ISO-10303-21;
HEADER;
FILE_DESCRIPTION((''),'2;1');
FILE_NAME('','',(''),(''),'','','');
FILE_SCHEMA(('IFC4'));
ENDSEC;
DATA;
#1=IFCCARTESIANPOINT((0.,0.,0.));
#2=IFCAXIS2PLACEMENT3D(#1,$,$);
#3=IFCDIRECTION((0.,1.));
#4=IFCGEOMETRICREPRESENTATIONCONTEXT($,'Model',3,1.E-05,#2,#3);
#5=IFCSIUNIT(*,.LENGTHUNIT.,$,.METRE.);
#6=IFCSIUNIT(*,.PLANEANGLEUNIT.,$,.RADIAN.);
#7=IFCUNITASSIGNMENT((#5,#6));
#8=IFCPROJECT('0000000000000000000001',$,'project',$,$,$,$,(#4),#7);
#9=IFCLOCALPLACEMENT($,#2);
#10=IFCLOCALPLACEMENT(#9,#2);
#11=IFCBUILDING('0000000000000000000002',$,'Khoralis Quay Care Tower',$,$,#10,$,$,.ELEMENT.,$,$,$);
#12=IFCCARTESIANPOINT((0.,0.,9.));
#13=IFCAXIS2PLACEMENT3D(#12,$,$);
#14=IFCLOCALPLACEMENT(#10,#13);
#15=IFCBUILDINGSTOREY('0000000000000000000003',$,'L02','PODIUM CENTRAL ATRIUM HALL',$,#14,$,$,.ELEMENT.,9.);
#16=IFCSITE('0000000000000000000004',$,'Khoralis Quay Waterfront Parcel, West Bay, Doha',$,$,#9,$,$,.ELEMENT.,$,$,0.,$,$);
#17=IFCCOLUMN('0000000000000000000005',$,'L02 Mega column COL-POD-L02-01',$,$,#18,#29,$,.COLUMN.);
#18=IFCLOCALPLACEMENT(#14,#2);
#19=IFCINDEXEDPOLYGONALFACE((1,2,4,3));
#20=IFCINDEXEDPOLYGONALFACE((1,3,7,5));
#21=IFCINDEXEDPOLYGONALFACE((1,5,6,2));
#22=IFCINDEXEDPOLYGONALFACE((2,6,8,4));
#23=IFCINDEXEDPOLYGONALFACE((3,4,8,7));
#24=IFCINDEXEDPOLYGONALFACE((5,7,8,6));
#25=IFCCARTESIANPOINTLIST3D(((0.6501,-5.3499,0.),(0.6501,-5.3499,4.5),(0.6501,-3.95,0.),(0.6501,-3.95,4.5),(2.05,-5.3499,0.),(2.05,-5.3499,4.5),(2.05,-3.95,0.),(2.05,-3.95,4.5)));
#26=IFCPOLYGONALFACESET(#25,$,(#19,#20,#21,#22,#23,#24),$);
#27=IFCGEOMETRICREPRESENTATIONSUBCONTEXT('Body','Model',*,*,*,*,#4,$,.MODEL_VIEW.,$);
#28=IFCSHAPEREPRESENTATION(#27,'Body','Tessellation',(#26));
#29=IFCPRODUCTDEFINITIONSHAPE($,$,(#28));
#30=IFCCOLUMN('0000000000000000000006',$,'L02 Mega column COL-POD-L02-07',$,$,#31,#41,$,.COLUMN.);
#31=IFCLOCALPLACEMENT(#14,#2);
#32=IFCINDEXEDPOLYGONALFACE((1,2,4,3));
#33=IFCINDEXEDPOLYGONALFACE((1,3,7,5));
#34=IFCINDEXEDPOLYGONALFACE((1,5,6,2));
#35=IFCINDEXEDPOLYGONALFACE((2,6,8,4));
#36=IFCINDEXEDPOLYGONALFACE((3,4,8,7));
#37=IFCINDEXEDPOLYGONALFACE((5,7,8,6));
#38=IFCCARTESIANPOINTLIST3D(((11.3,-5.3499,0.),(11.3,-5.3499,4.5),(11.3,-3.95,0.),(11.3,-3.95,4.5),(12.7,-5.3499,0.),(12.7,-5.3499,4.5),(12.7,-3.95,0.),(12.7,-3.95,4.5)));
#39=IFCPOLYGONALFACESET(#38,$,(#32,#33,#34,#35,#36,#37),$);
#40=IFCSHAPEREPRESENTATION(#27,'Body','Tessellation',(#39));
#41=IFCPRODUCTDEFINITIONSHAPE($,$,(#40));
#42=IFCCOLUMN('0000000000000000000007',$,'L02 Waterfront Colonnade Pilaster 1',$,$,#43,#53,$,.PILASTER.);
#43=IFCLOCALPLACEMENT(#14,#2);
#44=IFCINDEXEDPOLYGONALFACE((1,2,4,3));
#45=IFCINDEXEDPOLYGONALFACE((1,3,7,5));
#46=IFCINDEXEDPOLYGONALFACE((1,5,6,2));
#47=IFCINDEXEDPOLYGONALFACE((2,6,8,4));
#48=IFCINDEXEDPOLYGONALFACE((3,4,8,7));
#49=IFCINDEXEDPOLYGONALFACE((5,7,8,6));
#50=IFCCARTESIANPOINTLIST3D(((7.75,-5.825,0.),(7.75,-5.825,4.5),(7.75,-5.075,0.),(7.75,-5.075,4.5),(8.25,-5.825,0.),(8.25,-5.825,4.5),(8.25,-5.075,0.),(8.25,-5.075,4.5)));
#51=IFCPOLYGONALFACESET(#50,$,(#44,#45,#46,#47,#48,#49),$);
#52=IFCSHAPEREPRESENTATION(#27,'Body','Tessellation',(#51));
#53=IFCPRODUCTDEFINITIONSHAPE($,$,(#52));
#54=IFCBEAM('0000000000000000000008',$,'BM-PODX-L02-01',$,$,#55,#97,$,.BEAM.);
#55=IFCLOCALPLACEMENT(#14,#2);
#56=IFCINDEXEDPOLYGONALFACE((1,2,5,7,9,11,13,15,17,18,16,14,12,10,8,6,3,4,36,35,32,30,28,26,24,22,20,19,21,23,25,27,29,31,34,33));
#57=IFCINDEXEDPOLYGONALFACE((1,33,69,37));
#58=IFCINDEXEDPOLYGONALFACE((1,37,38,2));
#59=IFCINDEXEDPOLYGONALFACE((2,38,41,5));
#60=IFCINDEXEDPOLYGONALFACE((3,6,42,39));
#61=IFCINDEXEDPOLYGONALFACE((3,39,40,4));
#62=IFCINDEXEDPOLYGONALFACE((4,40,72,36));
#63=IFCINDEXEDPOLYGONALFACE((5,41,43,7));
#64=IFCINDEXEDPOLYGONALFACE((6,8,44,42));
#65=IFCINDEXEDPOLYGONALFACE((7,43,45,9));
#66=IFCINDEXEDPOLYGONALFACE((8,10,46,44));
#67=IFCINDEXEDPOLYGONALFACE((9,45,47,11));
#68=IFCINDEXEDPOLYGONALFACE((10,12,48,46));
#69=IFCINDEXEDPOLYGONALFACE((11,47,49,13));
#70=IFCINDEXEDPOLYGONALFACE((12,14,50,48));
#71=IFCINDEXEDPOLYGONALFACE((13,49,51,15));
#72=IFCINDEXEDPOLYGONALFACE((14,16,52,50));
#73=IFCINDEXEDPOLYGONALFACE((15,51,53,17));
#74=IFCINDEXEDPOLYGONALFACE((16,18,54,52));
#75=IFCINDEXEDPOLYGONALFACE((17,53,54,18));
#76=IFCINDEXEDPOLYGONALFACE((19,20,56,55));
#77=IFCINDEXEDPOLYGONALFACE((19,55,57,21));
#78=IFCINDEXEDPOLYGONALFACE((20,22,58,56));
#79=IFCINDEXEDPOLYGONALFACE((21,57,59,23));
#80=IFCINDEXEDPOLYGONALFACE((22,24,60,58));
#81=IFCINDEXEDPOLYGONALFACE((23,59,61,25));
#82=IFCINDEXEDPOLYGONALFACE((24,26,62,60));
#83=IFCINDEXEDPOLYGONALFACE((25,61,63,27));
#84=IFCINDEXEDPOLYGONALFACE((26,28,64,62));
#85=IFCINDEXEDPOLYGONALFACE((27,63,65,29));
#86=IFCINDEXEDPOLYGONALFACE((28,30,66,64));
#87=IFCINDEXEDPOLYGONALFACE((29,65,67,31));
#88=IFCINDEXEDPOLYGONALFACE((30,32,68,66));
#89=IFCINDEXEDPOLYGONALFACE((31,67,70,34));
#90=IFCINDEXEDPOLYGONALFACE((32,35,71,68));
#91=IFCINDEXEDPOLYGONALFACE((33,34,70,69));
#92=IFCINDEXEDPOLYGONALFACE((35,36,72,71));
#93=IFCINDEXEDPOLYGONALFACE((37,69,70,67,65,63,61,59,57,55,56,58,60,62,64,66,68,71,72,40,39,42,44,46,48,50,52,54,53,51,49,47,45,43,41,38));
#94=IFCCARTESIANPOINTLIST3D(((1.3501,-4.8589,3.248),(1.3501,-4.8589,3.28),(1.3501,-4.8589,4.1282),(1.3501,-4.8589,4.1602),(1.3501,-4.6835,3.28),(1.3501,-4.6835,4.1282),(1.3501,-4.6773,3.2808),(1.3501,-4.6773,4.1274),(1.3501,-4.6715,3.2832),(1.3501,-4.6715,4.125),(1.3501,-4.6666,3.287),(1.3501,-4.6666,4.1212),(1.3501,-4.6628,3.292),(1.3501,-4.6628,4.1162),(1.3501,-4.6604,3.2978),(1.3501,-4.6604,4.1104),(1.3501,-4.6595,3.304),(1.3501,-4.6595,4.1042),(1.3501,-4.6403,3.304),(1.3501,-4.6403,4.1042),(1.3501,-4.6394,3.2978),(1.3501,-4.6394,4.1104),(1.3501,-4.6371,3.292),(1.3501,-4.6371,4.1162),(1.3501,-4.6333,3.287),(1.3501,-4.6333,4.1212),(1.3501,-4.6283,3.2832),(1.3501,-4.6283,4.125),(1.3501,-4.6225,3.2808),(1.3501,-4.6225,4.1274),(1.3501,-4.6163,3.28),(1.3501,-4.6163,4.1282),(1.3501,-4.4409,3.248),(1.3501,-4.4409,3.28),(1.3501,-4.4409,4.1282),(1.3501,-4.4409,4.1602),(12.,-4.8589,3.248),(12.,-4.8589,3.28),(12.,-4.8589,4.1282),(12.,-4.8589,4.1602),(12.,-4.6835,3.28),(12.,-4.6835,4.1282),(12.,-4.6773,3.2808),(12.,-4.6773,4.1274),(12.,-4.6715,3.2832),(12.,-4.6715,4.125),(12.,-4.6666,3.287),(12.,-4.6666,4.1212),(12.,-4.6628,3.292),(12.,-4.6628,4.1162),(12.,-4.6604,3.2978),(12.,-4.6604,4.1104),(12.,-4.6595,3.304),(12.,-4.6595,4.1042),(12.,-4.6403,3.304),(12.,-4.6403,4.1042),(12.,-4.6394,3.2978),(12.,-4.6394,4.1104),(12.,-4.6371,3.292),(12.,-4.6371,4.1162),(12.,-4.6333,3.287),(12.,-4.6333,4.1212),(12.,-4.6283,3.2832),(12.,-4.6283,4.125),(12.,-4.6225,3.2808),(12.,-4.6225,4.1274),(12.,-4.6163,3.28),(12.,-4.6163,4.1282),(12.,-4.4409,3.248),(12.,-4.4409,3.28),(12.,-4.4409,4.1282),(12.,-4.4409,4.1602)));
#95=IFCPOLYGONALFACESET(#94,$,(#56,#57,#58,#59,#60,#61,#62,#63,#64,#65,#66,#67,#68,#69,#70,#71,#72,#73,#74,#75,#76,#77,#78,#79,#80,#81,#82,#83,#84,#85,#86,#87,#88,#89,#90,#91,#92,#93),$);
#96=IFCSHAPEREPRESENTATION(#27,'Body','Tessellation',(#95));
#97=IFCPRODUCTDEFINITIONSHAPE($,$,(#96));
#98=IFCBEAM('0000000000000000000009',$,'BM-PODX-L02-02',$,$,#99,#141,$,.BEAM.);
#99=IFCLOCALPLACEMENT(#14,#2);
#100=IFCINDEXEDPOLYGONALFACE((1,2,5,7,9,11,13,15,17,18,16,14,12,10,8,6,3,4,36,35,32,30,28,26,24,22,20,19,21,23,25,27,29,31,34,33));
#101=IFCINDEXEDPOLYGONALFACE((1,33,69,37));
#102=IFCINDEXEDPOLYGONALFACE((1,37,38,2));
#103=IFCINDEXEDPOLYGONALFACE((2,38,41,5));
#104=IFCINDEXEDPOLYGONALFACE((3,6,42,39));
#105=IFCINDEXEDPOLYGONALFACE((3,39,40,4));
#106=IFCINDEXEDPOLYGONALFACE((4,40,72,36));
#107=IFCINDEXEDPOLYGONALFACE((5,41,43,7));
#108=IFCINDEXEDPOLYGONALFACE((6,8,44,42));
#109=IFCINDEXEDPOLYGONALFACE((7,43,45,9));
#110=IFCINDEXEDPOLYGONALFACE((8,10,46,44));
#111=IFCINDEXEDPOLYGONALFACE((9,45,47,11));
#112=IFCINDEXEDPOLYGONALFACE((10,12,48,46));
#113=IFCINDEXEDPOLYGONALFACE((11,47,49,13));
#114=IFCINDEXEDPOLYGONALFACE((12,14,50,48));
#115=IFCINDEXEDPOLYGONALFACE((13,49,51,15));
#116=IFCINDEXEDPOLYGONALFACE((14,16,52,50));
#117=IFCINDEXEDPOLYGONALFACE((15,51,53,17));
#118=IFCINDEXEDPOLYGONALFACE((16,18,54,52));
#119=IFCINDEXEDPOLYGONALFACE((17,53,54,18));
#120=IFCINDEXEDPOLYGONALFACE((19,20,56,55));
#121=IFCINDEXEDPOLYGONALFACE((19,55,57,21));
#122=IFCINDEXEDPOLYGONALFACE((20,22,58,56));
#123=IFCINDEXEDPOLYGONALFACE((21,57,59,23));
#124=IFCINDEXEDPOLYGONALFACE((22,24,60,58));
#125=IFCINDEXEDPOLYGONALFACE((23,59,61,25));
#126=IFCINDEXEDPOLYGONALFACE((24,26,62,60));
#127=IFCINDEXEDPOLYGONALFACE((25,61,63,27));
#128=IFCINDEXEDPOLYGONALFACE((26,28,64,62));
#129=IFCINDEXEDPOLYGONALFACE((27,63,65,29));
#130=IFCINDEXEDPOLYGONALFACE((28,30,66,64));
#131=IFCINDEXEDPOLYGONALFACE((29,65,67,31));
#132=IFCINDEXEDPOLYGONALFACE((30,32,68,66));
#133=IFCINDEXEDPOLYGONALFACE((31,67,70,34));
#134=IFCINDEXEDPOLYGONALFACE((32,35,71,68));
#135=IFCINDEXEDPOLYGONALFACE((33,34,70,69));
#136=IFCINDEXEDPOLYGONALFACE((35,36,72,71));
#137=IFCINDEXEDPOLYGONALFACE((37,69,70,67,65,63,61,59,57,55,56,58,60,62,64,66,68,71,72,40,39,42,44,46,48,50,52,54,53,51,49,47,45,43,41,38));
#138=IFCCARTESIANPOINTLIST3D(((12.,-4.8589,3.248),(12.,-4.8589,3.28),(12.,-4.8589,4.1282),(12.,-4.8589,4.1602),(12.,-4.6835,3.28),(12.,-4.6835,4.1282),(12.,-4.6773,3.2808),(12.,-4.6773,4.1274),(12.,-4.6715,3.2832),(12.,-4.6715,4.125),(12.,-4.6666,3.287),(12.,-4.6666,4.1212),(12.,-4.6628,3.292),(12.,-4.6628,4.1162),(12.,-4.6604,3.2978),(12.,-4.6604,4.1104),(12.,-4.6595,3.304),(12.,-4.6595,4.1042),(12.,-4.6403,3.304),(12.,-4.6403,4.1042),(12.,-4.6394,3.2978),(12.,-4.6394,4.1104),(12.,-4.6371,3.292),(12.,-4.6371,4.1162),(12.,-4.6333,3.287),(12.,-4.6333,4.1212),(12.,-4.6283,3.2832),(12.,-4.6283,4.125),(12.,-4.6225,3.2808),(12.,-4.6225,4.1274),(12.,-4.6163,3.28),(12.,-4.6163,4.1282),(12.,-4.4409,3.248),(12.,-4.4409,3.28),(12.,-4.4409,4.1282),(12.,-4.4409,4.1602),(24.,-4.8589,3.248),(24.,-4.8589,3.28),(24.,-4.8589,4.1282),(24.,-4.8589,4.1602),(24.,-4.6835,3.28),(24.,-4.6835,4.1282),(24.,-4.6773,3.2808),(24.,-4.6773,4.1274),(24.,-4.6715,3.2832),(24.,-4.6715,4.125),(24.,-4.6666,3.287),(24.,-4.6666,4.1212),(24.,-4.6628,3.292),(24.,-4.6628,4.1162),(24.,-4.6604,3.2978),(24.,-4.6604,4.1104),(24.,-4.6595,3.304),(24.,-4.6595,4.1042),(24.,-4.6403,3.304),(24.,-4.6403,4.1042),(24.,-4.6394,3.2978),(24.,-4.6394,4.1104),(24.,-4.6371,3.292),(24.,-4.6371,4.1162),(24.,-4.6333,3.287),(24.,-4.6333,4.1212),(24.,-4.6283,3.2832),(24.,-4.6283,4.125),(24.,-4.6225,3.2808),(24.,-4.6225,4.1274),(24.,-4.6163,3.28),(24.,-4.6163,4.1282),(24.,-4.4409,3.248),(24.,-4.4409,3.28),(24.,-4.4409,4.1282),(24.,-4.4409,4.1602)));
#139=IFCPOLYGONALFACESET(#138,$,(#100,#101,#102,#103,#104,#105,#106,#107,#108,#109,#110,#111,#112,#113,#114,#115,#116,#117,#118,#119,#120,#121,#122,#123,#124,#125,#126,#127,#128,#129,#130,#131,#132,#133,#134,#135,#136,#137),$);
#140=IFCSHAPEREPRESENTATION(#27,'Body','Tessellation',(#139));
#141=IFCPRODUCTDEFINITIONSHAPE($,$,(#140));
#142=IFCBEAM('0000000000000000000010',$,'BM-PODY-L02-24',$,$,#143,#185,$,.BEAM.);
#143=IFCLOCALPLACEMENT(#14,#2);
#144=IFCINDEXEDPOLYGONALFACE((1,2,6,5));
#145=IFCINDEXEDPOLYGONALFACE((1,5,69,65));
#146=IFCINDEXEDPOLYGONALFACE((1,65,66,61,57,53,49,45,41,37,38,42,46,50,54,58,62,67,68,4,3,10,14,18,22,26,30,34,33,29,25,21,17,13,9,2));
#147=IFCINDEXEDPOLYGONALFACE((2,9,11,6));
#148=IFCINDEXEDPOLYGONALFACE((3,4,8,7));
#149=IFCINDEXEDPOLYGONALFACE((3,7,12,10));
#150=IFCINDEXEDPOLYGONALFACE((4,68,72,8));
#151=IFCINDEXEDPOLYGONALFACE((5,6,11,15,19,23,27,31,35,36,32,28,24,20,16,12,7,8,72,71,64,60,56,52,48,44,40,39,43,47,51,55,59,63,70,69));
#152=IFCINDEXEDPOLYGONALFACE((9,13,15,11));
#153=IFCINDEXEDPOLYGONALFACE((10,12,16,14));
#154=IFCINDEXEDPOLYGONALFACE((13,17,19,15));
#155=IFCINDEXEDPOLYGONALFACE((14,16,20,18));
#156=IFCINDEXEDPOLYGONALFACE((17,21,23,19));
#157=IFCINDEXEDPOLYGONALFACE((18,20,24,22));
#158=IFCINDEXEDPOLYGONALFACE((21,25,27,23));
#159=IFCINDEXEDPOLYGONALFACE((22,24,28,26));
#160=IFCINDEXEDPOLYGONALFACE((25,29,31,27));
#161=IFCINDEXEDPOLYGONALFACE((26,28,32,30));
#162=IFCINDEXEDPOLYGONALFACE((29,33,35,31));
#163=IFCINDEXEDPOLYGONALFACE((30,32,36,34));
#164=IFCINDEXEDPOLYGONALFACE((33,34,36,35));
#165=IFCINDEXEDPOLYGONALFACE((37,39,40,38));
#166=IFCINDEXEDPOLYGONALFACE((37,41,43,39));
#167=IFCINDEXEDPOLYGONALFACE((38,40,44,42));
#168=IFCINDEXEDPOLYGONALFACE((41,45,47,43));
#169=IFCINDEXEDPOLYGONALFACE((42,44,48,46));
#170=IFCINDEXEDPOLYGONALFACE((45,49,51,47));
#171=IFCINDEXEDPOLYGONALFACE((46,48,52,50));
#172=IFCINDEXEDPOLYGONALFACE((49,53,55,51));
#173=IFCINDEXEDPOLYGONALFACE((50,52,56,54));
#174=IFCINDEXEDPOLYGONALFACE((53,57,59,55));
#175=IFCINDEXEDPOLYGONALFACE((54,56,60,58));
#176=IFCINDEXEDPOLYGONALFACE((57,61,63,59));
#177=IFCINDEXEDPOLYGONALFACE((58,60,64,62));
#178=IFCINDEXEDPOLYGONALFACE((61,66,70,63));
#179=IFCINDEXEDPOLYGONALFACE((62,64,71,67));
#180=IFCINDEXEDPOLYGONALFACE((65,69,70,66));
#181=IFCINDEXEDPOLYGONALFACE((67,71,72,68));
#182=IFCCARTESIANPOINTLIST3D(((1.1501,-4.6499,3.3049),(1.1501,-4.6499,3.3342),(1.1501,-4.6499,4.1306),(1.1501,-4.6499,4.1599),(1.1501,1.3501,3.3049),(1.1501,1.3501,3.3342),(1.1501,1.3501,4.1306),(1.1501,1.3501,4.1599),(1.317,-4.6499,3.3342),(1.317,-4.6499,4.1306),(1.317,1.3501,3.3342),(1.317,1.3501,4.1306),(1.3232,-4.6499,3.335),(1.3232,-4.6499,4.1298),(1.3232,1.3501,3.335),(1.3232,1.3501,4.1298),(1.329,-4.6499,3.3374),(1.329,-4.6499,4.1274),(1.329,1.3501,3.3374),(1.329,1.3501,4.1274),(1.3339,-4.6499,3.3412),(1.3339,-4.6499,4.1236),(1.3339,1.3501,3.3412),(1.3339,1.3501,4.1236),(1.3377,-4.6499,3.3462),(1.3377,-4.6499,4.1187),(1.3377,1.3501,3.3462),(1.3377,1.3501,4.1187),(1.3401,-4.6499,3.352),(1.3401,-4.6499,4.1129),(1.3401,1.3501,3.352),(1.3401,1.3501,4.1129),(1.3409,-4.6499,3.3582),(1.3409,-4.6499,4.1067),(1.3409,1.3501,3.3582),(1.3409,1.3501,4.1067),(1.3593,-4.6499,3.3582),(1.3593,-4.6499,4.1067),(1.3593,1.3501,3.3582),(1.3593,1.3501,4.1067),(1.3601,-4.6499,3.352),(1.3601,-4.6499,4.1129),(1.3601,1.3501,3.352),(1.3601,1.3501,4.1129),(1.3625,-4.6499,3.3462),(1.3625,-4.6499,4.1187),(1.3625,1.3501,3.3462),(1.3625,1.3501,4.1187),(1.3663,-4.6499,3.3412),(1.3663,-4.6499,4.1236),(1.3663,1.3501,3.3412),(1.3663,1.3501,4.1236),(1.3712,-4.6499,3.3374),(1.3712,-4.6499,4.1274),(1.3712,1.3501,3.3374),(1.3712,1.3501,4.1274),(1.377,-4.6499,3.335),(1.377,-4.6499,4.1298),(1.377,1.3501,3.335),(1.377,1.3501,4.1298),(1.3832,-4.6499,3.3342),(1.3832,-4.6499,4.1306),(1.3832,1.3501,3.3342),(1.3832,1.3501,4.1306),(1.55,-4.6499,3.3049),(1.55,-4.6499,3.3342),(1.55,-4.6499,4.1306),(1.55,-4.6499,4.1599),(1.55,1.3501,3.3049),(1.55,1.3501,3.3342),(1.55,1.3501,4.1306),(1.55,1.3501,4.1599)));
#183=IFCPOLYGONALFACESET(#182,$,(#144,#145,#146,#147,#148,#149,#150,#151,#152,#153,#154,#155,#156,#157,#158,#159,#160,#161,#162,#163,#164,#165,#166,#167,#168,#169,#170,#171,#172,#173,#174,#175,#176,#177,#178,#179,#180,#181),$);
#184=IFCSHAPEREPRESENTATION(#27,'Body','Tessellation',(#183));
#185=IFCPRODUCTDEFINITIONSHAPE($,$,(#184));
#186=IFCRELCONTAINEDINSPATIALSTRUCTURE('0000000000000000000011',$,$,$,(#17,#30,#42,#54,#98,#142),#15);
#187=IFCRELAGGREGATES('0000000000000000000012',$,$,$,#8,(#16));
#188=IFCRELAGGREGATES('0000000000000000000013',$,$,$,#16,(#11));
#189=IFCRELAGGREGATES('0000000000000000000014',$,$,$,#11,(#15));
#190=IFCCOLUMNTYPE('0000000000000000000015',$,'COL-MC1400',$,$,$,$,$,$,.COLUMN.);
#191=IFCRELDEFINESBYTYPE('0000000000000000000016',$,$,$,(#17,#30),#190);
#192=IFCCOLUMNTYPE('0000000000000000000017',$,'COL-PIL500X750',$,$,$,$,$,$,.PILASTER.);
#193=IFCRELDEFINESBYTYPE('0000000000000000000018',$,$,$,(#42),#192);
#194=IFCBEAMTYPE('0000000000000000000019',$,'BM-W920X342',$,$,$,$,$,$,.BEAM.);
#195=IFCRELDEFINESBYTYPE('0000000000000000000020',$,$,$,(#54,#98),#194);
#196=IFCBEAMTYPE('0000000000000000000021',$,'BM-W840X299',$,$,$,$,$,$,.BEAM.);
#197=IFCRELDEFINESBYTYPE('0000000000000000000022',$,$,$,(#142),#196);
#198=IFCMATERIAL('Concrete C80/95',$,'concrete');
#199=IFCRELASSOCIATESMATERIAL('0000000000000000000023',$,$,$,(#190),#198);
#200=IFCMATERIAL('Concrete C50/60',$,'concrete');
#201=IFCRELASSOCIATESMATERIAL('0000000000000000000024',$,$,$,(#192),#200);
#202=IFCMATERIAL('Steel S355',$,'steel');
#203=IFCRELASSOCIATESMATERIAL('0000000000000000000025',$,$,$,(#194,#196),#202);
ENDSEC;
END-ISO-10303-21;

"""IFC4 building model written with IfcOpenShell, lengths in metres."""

from ifc_helpers import new_model, si_unit, direction, frame, origin, origin_2d, place, context, subcontext, project, spatial, rectangle, i_section, extrude, source, transform, mapped, material, material_profile, profile_set, type_object, element, save


model = new_model("IFC4")

# Units and contexts
model_context = context("Model", 3, precision=1e-05, world=origin(), true_north=direction((0.0, 1.0)))
body_context = subcontext(model_context, "Body", "Model", "MODEL_VIEW")
ifc_project = project(units=[si_unit("LENGTHUNIT", "METRE"), si_unit("PLANEANGLEUNIT", "RADIAN")], contexts=[model_context])

# Site, building, storey
site_placement = place(None, origin())
site = spatial("IfcSite", under=ifc_project, at=site_placement, Name="Khoralis Quay Waterfront Parcel, West Bay, Doha", CompositionType="ELEMENT", RefElevation=0.0)
building_placement = place(site_placement, origin())
building = spatial("IfcBuilding", under=site, at=building_placement, Name="Khoralis Quay Care Tower", CompositionType="ELEMENT")
storey_placement = place(building_placement, frame((0.0, 0.0, 9.0)))
storey = spatial("IfcBuildingStorey", under=building, at=storey_placement, Name="L02", Description="PODIUM CENTRAL ATRIUM HALL", CompositionType="ELEMENT", Elevation=9.0)

# Columns
ifc_material_1 = material(Name="Concrete C80/95", Category="concrete")
ifc_material_profile_1 = material_profile(ifc_material_1, rectangle(XDim=1.3999, YDim=1.3999, at=origin_2d()), Name="Concrete C80/95")
ifc_profile_set_1 = profile_set([ifc_material_profile_1], Name="Concrete C80/95")
column_type_1 = type_object("IfcColumnType", Name="COL-MC1400", PredefinedType="COLUMN", material=ifc_profile_set_1)
shared_shape_1 = source(origin(), body_context, "Body", "SweptSolid", [
    extrude(rectangle(XDim=1.3999, YDim=1.3999, at=origin_2d()), origin(), (0.0, 0.0, 1.0), 4.5),
])
for number, where, z_axis, x_axis, name in (
    (1, (1.3501, -4.6499, 0.0), (0.0, 0.0, 1.0), (1.0, 0.0, 0.0), "L02 Mega column COL-POD-L02-01"),
    (2, (12.0, -4.6499, 0.0), (0.0, 0.0, 1.0), (1.0, 0.0, 0.0), "L02 Mega column COL-POD-L02-07"),
):
    element("IfcColumn", number, at=place(storey_placement, frame(where, z_axis=z_axis, x_axis=x_axis)), inside=storey, type_object=column_type_1, Name=name, PredefinedType="COLUMN", context=body_context, shape_type="MappedRepresentation", body=[
        mapped(shared_shape_1, transform((0.0, 0.0, 0.0), scale=1.0)),
    ])
ifc_material_2 = material(Name="Concrete C50/60", Category="concrete")
ifc_material_profile_2 = material_profile(ifc_material_2, rectangle(XDim=0.5, YDim=0.75, at=origin_2d()), Name="Concrete C50/60")
ifc_profile_set_2 = profile_set([ifc_material_profile_2], Name="Concrete C50/60")
column_type_2 = type_object("IfcColumnType", Name="COL-PIL500X750", PredefinedType="PILASTER", material=ifc_profile_set_2)
shared_shape_2 = source(origin(), body_context, "Body", "SweptSolid", [
    extrude(rectangle(XDim=0.5, YDim=0.75, at=origin_2d()), origin(), (0.0, 0.0, 1.0), 4.5),
])
column_placement = place(storey_placement, frame((8.0, -5.45, 0.0), z_axis=(0.0, 0.0, 1.0), x_axis=(1.0, 0.0, 0.0)))
element("IfcColumn", 3, at=column_placement, inside=storey, type_object=column_type_2, Name="L02 Waterfront Colonnade Pilaster 1", PredefinedType="PILASTER", context=body_context, shape_type="MappedRepresentation", body=[
    mapped(shared_shape_2, transform((0.0, 0.0, 0.0), scale=1.0)),
])

# Beams
ifc_material_3 = material(Name="Steel S355", Category="steel")
ifc_material_profile_3 = material_profile(ifc_material_3, i_section(OverallWidth=0.418, OverallDepth=0.9121, WebThickness=0.0193, FlangeThickness=0.032, FilletRadius=0.0239, at=origin_2d()), Name="Steel S355")
ifc_profile_set_3 = profile_set([ifc_material_profile_3], Name="Steel S355")
beam_type_1 = type_object("IfcBeamType", Name="BM-W920X342", PredefinedType="BEAM", material=ifc_profile_set_3)
shared_shape_3 = source(origin(), body_context, "Body", "SweptSolid", [
    extrude(i_section(OverallWidth=0.418, OverallDepth=0.9121, WebThickness=0.0193, FlangeThickness=0.032, FilletRadius=0.0239, at=origin_2d()), origin(), (0.0, 0.0, 1.0), 10.6499),
])
beam_1_placement = place(storey_placement, frame((1.3501, -4.6499, 3.7041), z_axis=(1.0, 0.0, 0.0), x_axis=(0.0, 1.0, 0.0)))
element("IfcBeam", 4, at=beam_1_placement, inside=storey, type_object=beam_type_1, Name="BM-PODX-L02-01", PredefinedType="BEAM", context=body_context, shape_type="MappedRepresentation", body=[
    mapped(shared_shape_3, transform((0.0, 0.0, 0.0), scale=1.0)),
])
shared_shape_4 = source(origin(), body_context, "Body", "SweptSolid", [
    extrude(i_section(OverallWidth=0.418, OverallDepth=0.9121, WebThickness=0.0193, FlangeThickness=0.032, FilletRadius=0.0239, at=origin_2d()), origin(), (0.0, 0.0, 1.0), 12.0),
])
beam_2_placement = place(storey_placement, frame((12.0, -4.6499, 3.7041), z_axis=(1.0, 0.0, 0.0), x_axis=(0.0, 1.0, 0.0)))
element("IfcBeam", 5, at=beam_2_placement, inside=storey, type_object=beam_type_1, Name="BM-PODX-L02-02", PredefinedType="BEAM", context=body_context, shape_type="MappedRepresentation", body=[
    mapped(shared_shape_4, transform((0.0, 0.0, 0.0), scale=1.0)),
])
ifc_material_profile_4 = material_profile(ifc_material_3, i_section(OverallWidth=0.3999, OverallDepth=0.855, WebThickness=0.0183, FlangeThickness=0.0293, FilletRadius=0.0239, at=origin_2d()), Name="Steel S355")
ifc_profile_set_4 = profile_set([ifc_material_profile_4], Name="Steel S355")
beam_type_2 = type_object("IfcBeamType", Name="BM-W840X299", PredefinedType="BEAM", material=ifc_profile_set_4)
shared_shape_5 = source(origin(), body_context, "Body", "SweptSolid", [
    extrude(i_section(OverallWidth=0.3999, OverallDepth=0.855, WebThickness=0.0183, FlangeThickness=0.0293, FilletRadius=0.0239, at=origin_2d()), origin(), (0.0, 0.0, 1.0), 6.0),
])
for number, where, z_axis, x_axis, name in (
    (6, (1.3501, -4.6499, 3.7324), (0.0, 1.0, 0.0), (-1.0, 0.0, 0.0), "BM-PODY-L02-24"),
):
    element("IfcBeam", number, at=place(storey_placement, frame(where, z_axis=z_axis, x_axis=x_axis)), inside=storey, type_object=beam_type_2, Name=name, PredefinedType="BEAM", context=body_context, shape_type="MappedRepresentation", body=[
        mapped(shared_shape_5, transform((0.0, 0.0, 0.0), scale=1.0)),
    ])

save(model, "model.ifc")
